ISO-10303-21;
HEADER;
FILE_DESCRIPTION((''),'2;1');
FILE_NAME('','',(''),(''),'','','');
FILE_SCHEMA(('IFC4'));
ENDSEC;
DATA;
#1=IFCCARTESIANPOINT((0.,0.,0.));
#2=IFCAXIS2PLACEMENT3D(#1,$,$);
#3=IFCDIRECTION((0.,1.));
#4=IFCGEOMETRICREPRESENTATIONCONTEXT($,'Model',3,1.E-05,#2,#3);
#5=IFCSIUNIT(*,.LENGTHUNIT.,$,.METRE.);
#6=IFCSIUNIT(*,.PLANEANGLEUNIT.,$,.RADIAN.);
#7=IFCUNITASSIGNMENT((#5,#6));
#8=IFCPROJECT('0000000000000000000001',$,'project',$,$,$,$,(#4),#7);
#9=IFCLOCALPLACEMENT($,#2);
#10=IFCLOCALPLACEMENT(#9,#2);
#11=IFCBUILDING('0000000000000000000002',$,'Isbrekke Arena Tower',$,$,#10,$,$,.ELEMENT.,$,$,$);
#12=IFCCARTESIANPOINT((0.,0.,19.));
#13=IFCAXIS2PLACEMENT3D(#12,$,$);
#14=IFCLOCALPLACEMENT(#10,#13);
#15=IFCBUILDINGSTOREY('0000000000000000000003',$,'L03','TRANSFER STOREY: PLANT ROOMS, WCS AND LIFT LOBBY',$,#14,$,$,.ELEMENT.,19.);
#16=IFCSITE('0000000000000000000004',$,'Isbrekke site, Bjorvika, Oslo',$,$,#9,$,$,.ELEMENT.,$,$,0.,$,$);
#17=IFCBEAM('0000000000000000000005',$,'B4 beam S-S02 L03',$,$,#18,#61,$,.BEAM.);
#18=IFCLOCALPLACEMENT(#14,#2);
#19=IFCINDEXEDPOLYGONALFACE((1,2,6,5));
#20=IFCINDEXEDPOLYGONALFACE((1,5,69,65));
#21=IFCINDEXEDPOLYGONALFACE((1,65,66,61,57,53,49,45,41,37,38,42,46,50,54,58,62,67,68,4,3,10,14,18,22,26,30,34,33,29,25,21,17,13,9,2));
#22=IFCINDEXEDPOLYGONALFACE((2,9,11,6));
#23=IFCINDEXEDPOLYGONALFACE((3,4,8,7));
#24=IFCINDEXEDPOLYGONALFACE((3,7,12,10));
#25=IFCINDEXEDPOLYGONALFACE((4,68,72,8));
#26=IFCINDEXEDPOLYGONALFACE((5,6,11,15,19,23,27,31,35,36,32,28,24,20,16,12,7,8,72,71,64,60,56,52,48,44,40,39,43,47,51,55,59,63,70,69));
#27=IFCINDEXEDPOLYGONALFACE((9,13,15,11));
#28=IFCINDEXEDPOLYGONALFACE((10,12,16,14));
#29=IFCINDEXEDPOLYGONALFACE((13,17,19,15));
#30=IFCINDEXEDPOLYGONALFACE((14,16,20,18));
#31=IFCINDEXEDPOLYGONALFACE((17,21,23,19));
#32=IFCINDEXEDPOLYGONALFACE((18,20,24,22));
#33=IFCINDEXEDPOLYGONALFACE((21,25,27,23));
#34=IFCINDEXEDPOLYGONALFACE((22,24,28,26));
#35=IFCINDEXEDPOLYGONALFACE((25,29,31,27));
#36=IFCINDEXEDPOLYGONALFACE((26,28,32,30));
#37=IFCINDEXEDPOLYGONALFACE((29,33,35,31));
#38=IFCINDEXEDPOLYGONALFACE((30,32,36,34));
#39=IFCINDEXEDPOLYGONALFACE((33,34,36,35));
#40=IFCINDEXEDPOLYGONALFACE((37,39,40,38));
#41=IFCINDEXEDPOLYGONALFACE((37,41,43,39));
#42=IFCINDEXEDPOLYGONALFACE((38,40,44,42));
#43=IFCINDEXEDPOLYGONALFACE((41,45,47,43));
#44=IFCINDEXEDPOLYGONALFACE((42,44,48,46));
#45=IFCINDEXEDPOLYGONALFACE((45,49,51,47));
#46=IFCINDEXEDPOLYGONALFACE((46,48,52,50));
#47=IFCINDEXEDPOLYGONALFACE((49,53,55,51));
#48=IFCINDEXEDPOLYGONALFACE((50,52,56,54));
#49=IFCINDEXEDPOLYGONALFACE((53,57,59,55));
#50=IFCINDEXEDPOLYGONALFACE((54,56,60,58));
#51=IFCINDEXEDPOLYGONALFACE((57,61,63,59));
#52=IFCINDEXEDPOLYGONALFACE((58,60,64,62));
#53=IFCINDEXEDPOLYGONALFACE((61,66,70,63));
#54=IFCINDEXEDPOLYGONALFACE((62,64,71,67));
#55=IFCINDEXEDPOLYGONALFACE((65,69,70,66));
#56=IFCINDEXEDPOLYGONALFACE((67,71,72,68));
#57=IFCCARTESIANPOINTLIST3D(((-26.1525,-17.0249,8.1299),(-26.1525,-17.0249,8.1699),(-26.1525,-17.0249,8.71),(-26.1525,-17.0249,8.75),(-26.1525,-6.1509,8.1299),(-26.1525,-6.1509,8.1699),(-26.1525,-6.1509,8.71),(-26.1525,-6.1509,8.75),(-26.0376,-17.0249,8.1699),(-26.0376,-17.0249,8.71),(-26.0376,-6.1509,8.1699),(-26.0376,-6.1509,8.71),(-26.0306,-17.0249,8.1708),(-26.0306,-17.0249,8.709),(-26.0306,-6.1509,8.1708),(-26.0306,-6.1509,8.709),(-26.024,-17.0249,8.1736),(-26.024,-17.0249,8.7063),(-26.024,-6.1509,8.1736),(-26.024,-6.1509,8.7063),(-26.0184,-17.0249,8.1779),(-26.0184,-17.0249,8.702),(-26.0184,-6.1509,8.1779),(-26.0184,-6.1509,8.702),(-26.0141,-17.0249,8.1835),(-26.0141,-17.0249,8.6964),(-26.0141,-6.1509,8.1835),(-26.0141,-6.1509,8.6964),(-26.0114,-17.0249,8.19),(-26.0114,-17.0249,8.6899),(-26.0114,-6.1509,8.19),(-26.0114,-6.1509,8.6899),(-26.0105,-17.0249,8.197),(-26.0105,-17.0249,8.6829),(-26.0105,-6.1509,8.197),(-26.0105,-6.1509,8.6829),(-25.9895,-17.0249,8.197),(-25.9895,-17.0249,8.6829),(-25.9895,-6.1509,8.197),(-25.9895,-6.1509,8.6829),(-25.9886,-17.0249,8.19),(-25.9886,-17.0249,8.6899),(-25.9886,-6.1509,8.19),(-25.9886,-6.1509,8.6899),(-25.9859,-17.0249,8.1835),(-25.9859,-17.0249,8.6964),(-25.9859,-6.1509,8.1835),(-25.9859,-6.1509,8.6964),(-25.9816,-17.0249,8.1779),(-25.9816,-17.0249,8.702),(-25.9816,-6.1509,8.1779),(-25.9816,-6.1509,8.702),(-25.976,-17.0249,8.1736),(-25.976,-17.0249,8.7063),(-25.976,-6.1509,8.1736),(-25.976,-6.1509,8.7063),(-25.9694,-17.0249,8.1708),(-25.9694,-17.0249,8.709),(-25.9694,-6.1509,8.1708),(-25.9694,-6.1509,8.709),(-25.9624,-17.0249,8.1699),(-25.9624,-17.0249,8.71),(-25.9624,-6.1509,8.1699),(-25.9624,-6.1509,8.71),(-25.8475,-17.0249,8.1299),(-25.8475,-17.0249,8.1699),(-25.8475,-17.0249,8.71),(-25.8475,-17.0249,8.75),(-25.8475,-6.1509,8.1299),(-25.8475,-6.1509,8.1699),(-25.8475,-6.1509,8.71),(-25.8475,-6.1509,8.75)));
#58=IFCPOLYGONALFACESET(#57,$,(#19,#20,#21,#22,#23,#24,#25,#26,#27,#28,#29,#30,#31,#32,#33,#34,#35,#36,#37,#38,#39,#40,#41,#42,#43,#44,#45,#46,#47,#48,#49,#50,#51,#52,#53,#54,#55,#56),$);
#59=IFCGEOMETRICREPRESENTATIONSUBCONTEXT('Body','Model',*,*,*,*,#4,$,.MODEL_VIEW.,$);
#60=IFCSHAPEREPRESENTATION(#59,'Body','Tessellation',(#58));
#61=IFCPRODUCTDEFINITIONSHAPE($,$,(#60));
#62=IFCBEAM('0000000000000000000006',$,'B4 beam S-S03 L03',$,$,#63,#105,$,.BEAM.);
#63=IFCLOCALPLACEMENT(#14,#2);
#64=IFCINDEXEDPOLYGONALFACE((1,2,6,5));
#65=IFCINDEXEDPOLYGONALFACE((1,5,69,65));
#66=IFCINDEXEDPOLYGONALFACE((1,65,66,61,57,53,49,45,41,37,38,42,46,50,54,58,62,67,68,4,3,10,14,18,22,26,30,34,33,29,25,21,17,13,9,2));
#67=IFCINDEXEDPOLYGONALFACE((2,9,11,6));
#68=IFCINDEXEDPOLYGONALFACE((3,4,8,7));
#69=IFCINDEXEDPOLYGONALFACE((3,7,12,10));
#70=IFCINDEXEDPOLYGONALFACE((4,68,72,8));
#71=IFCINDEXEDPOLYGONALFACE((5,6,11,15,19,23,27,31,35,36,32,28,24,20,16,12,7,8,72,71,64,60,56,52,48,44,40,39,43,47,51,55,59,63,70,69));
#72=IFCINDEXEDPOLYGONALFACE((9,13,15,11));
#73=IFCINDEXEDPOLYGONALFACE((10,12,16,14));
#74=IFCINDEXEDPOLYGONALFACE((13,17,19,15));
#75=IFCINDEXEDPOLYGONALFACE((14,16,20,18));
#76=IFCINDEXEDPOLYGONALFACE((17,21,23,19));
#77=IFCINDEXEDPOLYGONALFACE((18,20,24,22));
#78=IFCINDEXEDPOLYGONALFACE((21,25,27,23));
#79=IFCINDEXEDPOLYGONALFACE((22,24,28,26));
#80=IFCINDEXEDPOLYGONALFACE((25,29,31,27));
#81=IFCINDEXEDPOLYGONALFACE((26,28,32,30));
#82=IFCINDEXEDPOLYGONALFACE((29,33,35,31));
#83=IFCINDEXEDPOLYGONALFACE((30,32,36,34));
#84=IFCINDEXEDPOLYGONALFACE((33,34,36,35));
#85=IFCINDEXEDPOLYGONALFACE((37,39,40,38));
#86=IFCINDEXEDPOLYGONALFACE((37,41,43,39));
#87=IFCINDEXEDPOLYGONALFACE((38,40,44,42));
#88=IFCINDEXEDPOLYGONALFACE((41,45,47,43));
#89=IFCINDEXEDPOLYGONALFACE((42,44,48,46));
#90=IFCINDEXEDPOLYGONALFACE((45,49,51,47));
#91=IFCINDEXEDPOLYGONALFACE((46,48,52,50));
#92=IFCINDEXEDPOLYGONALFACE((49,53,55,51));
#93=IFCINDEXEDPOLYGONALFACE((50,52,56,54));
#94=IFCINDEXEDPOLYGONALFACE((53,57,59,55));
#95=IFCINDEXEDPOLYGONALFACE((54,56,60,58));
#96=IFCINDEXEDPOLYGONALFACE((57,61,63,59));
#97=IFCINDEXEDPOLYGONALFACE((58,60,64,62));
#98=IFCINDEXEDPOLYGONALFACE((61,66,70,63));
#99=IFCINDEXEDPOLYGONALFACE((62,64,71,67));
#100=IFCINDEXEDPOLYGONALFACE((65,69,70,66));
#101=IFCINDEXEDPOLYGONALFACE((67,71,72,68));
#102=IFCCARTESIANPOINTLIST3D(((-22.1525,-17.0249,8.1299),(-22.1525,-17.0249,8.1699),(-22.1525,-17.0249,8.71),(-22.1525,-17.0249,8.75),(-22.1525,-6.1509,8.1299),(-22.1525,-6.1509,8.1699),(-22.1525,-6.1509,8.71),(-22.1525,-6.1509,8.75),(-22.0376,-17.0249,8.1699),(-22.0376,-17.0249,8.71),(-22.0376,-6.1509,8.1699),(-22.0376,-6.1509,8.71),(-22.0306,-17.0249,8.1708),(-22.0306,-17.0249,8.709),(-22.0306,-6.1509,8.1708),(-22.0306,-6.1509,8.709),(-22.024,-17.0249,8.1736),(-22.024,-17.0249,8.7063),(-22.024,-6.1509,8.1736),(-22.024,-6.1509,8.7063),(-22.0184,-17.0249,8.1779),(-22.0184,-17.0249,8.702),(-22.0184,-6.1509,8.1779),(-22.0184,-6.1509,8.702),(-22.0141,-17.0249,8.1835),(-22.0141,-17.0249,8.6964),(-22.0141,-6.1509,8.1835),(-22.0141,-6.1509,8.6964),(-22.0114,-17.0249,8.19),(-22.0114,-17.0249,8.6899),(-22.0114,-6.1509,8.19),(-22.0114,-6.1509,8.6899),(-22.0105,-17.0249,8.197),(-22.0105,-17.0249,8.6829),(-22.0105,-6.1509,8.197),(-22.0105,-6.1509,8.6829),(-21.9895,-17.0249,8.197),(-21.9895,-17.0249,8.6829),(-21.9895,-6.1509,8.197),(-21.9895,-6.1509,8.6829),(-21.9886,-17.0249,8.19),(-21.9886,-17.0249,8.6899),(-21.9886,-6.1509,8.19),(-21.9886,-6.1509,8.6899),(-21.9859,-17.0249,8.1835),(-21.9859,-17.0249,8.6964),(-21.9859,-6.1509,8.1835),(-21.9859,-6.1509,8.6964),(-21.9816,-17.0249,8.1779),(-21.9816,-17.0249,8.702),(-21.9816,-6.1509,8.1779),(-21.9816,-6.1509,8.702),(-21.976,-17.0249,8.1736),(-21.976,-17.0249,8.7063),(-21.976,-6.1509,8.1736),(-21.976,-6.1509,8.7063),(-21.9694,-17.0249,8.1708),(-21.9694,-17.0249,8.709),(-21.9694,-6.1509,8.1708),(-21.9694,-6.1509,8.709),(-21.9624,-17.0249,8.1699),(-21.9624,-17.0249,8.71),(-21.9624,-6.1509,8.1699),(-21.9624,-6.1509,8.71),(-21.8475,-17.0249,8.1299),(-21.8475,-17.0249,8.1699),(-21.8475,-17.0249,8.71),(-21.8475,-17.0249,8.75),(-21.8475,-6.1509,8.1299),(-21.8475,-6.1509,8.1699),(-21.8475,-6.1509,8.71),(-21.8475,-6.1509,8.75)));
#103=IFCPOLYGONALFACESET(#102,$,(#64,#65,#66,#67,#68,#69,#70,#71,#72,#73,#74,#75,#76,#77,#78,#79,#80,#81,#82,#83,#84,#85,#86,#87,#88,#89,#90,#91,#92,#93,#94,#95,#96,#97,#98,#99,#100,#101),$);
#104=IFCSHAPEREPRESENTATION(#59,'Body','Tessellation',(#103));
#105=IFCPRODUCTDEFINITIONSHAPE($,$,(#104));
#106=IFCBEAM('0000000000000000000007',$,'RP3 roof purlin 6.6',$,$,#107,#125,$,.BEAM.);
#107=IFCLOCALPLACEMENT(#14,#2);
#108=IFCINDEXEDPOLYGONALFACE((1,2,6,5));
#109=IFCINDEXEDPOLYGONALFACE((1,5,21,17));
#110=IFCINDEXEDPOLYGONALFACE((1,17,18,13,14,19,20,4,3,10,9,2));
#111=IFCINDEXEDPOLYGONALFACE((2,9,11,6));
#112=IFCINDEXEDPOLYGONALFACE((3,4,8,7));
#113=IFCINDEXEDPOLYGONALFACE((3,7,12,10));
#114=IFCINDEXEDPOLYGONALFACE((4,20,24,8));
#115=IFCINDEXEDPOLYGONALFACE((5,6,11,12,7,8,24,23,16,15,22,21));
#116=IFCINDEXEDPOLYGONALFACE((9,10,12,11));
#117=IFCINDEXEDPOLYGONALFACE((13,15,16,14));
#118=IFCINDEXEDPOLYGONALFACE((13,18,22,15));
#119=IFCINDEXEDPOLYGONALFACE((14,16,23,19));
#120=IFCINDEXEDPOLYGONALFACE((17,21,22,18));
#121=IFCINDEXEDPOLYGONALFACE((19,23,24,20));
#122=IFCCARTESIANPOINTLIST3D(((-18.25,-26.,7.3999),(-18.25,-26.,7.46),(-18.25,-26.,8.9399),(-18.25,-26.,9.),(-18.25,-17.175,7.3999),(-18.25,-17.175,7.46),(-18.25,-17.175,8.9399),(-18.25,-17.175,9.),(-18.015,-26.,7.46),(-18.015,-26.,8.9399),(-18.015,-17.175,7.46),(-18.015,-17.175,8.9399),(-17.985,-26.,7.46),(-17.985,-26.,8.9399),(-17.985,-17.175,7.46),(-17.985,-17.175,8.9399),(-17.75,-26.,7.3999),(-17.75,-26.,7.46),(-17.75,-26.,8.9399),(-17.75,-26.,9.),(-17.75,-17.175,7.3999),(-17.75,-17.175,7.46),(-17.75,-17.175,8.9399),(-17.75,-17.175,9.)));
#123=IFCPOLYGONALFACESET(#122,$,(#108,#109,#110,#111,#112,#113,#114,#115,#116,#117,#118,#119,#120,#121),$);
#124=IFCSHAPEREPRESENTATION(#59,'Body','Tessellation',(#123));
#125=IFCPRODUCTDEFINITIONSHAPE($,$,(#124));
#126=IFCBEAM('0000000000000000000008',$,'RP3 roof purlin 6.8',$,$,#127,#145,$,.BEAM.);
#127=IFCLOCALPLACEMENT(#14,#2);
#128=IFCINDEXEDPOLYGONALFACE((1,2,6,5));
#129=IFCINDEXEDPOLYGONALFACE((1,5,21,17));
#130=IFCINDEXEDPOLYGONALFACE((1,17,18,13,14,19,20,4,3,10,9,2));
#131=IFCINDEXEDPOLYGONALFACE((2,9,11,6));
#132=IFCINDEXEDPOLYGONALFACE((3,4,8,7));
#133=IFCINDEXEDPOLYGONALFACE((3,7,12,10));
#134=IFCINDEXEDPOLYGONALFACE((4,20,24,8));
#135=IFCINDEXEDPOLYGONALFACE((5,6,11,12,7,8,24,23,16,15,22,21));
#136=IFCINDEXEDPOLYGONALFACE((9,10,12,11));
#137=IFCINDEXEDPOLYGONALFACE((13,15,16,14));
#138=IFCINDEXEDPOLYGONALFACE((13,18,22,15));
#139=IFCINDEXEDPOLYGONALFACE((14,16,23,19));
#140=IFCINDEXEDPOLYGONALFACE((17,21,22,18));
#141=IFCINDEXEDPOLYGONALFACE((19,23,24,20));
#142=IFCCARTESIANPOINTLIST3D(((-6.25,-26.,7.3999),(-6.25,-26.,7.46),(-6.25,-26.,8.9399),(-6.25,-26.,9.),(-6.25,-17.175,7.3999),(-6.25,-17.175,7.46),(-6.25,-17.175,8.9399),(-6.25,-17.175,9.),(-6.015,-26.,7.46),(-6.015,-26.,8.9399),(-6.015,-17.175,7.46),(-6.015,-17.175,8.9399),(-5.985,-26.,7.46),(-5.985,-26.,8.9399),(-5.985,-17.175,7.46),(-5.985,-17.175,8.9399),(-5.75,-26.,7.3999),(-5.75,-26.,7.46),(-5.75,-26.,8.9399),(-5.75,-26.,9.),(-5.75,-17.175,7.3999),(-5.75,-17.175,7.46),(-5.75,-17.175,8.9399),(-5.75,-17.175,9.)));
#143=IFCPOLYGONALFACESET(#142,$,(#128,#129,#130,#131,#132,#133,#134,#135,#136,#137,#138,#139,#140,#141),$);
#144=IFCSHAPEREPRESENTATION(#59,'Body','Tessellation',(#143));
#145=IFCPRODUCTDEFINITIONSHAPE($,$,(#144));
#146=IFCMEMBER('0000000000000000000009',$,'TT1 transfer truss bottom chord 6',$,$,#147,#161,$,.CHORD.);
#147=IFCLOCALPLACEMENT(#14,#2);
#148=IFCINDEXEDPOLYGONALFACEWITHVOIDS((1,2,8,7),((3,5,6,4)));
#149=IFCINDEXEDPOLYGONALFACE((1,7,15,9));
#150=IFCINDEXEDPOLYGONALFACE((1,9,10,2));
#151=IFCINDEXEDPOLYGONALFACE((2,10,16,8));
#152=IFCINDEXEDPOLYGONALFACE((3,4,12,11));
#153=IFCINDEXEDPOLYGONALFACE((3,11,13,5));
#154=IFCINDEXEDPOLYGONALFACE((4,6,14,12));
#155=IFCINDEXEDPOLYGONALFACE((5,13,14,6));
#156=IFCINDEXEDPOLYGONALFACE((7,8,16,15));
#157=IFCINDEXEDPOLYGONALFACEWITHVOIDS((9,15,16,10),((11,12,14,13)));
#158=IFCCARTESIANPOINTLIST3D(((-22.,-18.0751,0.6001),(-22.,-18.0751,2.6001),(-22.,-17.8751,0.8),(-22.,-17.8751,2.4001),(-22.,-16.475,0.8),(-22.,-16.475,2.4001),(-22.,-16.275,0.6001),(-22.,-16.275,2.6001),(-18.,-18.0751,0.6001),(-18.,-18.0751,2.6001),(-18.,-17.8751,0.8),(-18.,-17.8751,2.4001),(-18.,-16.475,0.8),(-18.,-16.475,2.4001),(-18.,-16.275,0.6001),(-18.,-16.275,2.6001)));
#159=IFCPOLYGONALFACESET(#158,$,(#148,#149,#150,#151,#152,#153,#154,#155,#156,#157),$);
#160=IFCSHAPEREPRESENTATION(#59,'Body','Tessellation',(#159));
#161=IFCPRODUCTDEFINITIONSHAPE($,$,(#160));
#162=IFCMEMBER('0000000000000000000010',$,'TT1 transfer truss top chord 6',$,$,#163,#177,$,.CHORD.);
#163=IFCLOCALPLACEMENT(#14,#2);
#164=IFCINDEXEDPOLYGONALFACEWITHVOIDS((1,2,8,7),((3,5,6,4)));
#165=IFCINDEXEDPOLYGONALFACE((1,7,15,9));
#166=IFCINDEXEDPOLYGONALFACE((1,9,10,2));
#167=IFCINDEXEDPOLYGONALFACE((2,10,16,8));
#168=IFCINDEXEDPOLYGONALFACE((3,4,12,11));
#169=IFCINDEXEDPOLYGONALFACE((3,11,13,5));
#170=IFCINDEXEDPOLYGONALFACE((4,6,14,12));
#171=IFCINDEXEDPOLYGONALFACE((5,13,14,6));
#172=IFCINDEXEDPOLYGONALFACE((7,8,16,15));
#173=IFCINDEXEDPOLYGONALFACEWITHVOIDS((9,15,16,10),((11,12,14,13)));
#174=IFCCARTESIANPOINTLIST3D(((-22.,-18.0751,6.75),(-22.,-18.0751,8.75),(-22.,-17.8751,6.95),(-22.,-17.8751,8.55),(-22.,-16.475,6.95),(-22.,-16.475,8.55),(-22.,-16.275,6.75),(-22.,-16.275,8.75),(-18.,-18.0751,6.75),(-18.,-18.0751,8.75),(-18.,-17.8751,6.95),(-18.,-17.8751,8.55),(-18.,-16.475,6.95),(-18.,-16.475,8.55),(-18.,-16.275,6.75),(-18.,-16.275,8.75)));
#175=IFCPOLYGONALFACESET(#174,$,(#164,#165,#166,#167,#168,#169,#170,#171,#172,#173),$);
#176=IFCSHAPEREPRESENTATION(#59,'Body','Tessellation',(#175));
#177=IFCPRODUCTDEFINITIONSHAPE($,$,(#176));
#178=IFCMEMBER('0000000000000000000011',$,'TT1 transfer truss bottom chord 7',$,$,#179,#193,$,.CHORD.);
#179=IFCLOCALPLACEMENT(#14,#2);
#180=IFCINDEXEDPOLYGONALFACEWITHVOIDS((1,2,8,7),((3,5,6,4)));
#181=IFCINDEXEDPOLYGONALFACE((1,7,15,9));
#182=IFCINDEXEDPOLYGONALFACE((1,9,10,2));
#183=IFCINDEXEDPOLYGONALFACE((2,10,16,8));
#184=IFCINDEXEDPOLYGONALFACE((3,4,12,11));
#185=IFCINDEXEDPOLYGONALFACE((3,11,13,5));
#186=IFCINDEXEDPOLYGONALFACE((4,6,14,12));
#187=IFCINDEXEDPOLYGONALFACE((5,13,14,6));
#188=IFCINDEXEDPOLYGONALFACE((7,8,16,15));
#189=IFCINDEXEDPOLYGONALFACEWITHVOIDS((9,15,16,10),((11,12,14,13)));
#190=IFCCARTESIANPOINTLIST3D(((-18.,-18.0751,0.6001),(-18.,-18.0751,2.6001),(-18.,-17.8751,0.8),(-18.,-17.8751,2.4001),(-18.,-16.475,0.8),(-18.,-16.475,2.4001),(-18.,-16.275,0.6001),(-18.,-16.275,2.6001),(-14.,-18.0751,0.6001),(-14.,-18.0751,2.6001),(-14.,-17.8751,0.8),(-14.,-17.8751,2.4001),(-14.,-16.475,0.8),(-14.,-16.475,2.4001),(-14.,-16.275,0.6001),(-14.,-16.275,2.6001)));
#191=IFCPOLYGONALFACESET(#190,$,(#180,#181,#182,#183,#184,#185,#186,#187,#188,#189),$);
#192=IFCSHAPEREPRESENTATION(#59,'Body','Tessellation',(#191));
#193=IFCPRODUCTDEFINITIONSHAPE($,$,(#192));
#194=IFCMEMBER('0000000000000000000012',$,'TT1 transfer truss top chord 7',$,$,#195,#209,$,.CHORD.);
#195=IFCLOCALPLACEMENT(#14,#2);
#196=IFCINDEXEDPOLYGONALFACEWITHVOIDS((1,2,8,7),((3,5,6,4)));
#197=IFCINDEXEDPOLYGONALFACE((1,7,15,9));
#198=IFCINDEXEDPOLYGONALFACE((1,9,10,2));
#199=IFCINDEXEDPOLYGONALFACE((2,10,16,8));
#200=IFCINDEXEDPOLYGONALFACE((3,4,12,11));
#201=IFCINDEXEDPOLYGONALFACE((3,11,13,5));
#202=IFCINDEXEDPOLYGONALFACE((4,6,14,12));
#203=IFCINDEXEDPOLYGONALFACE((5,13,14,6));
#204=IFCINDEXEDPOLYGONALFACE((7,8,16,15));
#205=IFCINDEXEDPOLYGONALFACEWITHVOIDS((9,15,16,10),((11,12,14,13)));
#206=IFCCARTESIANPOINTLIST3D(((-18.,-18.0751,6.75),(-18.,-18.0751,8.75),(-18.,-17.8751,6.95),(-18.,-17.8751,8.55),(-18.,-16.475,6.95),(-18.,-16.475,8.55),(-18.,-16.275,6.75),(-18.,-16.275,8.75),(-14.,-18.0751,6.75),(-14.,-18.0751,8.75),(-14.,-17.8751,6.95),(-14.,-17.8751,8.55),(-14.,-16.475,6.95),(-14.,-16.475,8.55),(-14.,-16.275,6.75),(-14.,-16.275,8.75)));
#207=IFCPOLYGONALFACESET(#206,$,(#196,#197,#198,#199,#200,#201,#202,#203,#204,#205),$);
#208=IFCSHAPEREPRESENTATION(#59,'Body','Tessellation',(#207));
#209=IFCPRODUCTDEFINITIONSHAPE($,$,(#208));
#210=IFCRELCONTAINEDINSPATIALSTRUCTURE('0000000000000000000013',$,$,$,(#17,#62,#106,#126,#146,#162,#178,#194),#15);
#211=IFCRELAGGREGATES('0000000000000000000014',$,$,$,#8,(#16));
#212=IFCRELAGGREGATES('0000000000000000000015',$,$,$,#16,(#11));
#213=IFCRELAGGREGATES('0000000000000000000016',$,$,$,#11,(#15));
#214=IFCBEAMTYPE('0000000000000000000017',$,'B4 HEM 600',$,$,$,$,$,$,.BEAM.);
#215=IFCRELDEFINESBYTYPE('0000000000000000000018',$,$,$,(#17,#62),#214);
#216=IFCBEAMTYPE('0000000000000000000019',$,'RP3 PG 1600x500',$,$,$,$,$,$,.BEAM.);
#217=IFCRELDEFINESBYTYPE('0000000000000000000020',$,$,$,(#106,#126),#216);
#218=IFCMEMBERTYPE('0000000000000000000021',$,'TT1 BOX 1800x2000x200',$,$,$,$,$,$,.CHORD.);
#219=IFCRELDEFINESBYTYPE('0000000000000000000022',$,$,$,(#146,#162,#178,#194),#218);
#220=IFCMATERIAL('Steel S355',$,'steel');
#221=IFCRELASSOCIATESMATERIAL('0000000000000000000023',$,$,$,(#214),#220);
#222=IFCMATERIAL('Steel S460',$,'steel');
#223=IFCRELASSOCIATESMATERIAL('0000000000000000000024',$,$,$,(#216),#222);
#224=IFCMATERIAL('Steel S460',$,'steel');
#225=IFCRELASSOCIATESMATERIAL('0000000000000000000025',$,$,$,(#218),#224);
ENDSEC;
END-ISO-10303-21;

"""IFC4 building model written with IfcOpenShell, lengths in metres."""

from ifc_helpers import new_model, si_unit, direction, frame, origin, origin_2d, place, context, subcontext, project, spatial, hollow_rectangle, i_section, extrude, material, material_profile, profile_set, type_object, element, save


model = new_model("IFC4")

# Units and contexts
model_context = context("Model", 3, precision=1e-05, world=origin(), true_north=direction((0.0, 1.0)))
body_context = subcontext(model_context, "Body", "Model", "MODEL_VIEW")
ifc_project = project(units=[si_unit("LENGTHUNIT", "METRE"), si_unit("PLANEANGLEUNIT", "RADIAN")], contexts=[model_context])

# Site, building, storey
site_placement = place(None, origin())
site = spatial("IfcSite", under=ifc_project, at=site_placement, Name="Isbrekke site, Bjorvika, Oslo", CompositionType="ELEMENT", RefElevation=0.0)
building_placement = place(site_placement, origin())
building = spatial("IfcBuilding", under=site, at=building_placement, Name="Isbrekke Arena Tower", CompositionType="ELEMENT")
storey_placement = place(building_placement, frame((0.0, 0.0, 19.0)))
storey = spatial("IfcBuildingStorey", under=building, at=storey_placement, Name="L03", Description="TRANSFER STOREY: PLANT ROOMS, WCS AND LIFT LOBBY", CompositionType="ELEMENT", Elevation=19.0)

# Beams
ifc_material_1 = material(Name="Steel S355", Category="steel")
ifc_material_profile_1 = material_profile(ifc_material_1, i_section(OverallWidth=0.3049, OverallDepth=0.6201, WebThickness=0.021, FlangeThickness=0.04, FilletRadius=0.0271, at=origin_2d()), Name="HEM 600")
ifc_profile_set_1 = profile_set([ifc_material_profile_1], Name="Steel S355")
beam_type_1 = type_object("IfcBeamType", Name="B4 HEM 600", PredefinedType="BEAM", material=ifc_profile_set_1)
for number, where, z_axis, x_axis, name in (
    (1, (-26.0, -17.0249, 8.4399), (0.0, 1.0, 0.0), (-1.0, 0.0, 0.0), "B4 beam S-S02 L03"),
    (2, (-22.0, -17.0249, 8.4399), (0.0, 1.0, 0.0), (-1.0, 0.0, 0.0), "B4 beam S-S03 L03"),
):
    element("IfcBeam", number, at=place(storey_placement, frame(where, z_axis=z_axis, x_axis=x_axis)), inside=storey, type_object=beam_type_1, Name=name, PredefinedType="BEAM", context=body_context, shape_type="SweptSolid", body=[
        extrude(i_section(OverallWidth=0.3049, OverallDepth=0.6201, WebThickness=0.021, FlangeThickness=0.04, FilletRadius=0.0271, at=origin_2d()), origin(), (0.0, 0.0, 1.0), 10.874),
    ])
ifc_material_2 = material(Name="Steel S460", Category="steel")
ifc_material_profile_2 = material_profile(ifc_material_2, i_section(OverallWidth=0.5, OverallDepth=1.6001, WebThickness=0.03, FlangeThickness=0.0601, at=origin_2d()), Name="PG 1600x500")
ifc_profile_set_2 = profile_set([ifc_material_profile_2], Name="Steel S460")
beam_type_2 = type_object("IfcBeamType", Name="RP3 PG 1600x500", PredefinedType="BEAM", material=ifc_profile_set_2)
for number, where, z_axis, x_axis, name in (
    (3, (-18.0, -26.0, 8.2), (0.0, 1.0, 0.0), (-1.0, 0.0, 0.0), "RP3 roof purlin 6.6"),
    (4, (-6.0, -26.0, 8.2), (0.0, 1.0, 0.0), (-1.0, 0.0, 0.0), "RP3 roof purlin 6.8"),
):
    element("IfcBeam", number, at=place(storey_placement, frame(where, z_axis=z_axis, x_axis=x_axis)), inside=storey, type_object=beam_type_2, Name=name, PredefinedType="BEAM", context=body_context, shape_type="SweptSolid", body=[
        extrude(i_section(OverallWidth=0.5, OverallDepth=1.6001, WebThickness=0.03, FlangeThickness=0.0601, at=origin_2d()), origin(), (0.0, 0.0, 1.0), 8.825),
    ])

# Members
ifc_material_3 = material(Name="Steel S460", Category="steel")
ifc_material_profile_3 = material_profile(ifc_material_3, hollow_rectangle(XDim=1.8, YDim=2.0, WallThickness=0.2, at=origin_2d()), Name="BOX 1800x2000x200")
ifc_profile_set_3 = profile_set([ifc_material_profile_3], Name="Steel S460")
member_type_1 = type_object("IfcMemberType", Name="TT1 BOX 1800x2000x200", PredefinedType="CHORD", material=ifc_profile_set_3)
for number, where, z_axis, x_axis, name in (
    (5, (-22.0, -17.175, 1.6001), (1.0, 0.0, 0.0), (0.0, 1.0, 0.0), "TT1 transfer truss bottom chord 6"),
    (6, (-22.0, -17.175, 7.75), (1.0, 0.0, 0.0), (0.0, 1.0, 0.0), "TT1 transfer truss top chord 6"),
    (7, (-18.0, -17.175, 1.6001), (1.0, 0.0, 0.0), (0.0, 1.0, 0.0), "TT1 transfer truss bottom chord 7"),
    (8, (-18.0, -17.175, 7.75), (1.0, 0.0, 0.0), (0.0, 1.0, 0.0), "TT1 transfer truss top chord 7"),
):
    element("IfcMember", number, at=place(storey_placement, frame(where, z_axis=z_axis, x_axis=x_axis)), inside=storey, type_object=member_type_1, Name=name, PredefinedType="CHORD", context=body_context, shape_type="SweptSolid", body=[
        extrude(hollow_rectangle(XDim=1.8, YDim=2.0, WallThickness=0.2, at=origin_2d()), origin(), (0.0, 0.0, 1.0), 4.0),
    ])

save(model, "model.ifc")
